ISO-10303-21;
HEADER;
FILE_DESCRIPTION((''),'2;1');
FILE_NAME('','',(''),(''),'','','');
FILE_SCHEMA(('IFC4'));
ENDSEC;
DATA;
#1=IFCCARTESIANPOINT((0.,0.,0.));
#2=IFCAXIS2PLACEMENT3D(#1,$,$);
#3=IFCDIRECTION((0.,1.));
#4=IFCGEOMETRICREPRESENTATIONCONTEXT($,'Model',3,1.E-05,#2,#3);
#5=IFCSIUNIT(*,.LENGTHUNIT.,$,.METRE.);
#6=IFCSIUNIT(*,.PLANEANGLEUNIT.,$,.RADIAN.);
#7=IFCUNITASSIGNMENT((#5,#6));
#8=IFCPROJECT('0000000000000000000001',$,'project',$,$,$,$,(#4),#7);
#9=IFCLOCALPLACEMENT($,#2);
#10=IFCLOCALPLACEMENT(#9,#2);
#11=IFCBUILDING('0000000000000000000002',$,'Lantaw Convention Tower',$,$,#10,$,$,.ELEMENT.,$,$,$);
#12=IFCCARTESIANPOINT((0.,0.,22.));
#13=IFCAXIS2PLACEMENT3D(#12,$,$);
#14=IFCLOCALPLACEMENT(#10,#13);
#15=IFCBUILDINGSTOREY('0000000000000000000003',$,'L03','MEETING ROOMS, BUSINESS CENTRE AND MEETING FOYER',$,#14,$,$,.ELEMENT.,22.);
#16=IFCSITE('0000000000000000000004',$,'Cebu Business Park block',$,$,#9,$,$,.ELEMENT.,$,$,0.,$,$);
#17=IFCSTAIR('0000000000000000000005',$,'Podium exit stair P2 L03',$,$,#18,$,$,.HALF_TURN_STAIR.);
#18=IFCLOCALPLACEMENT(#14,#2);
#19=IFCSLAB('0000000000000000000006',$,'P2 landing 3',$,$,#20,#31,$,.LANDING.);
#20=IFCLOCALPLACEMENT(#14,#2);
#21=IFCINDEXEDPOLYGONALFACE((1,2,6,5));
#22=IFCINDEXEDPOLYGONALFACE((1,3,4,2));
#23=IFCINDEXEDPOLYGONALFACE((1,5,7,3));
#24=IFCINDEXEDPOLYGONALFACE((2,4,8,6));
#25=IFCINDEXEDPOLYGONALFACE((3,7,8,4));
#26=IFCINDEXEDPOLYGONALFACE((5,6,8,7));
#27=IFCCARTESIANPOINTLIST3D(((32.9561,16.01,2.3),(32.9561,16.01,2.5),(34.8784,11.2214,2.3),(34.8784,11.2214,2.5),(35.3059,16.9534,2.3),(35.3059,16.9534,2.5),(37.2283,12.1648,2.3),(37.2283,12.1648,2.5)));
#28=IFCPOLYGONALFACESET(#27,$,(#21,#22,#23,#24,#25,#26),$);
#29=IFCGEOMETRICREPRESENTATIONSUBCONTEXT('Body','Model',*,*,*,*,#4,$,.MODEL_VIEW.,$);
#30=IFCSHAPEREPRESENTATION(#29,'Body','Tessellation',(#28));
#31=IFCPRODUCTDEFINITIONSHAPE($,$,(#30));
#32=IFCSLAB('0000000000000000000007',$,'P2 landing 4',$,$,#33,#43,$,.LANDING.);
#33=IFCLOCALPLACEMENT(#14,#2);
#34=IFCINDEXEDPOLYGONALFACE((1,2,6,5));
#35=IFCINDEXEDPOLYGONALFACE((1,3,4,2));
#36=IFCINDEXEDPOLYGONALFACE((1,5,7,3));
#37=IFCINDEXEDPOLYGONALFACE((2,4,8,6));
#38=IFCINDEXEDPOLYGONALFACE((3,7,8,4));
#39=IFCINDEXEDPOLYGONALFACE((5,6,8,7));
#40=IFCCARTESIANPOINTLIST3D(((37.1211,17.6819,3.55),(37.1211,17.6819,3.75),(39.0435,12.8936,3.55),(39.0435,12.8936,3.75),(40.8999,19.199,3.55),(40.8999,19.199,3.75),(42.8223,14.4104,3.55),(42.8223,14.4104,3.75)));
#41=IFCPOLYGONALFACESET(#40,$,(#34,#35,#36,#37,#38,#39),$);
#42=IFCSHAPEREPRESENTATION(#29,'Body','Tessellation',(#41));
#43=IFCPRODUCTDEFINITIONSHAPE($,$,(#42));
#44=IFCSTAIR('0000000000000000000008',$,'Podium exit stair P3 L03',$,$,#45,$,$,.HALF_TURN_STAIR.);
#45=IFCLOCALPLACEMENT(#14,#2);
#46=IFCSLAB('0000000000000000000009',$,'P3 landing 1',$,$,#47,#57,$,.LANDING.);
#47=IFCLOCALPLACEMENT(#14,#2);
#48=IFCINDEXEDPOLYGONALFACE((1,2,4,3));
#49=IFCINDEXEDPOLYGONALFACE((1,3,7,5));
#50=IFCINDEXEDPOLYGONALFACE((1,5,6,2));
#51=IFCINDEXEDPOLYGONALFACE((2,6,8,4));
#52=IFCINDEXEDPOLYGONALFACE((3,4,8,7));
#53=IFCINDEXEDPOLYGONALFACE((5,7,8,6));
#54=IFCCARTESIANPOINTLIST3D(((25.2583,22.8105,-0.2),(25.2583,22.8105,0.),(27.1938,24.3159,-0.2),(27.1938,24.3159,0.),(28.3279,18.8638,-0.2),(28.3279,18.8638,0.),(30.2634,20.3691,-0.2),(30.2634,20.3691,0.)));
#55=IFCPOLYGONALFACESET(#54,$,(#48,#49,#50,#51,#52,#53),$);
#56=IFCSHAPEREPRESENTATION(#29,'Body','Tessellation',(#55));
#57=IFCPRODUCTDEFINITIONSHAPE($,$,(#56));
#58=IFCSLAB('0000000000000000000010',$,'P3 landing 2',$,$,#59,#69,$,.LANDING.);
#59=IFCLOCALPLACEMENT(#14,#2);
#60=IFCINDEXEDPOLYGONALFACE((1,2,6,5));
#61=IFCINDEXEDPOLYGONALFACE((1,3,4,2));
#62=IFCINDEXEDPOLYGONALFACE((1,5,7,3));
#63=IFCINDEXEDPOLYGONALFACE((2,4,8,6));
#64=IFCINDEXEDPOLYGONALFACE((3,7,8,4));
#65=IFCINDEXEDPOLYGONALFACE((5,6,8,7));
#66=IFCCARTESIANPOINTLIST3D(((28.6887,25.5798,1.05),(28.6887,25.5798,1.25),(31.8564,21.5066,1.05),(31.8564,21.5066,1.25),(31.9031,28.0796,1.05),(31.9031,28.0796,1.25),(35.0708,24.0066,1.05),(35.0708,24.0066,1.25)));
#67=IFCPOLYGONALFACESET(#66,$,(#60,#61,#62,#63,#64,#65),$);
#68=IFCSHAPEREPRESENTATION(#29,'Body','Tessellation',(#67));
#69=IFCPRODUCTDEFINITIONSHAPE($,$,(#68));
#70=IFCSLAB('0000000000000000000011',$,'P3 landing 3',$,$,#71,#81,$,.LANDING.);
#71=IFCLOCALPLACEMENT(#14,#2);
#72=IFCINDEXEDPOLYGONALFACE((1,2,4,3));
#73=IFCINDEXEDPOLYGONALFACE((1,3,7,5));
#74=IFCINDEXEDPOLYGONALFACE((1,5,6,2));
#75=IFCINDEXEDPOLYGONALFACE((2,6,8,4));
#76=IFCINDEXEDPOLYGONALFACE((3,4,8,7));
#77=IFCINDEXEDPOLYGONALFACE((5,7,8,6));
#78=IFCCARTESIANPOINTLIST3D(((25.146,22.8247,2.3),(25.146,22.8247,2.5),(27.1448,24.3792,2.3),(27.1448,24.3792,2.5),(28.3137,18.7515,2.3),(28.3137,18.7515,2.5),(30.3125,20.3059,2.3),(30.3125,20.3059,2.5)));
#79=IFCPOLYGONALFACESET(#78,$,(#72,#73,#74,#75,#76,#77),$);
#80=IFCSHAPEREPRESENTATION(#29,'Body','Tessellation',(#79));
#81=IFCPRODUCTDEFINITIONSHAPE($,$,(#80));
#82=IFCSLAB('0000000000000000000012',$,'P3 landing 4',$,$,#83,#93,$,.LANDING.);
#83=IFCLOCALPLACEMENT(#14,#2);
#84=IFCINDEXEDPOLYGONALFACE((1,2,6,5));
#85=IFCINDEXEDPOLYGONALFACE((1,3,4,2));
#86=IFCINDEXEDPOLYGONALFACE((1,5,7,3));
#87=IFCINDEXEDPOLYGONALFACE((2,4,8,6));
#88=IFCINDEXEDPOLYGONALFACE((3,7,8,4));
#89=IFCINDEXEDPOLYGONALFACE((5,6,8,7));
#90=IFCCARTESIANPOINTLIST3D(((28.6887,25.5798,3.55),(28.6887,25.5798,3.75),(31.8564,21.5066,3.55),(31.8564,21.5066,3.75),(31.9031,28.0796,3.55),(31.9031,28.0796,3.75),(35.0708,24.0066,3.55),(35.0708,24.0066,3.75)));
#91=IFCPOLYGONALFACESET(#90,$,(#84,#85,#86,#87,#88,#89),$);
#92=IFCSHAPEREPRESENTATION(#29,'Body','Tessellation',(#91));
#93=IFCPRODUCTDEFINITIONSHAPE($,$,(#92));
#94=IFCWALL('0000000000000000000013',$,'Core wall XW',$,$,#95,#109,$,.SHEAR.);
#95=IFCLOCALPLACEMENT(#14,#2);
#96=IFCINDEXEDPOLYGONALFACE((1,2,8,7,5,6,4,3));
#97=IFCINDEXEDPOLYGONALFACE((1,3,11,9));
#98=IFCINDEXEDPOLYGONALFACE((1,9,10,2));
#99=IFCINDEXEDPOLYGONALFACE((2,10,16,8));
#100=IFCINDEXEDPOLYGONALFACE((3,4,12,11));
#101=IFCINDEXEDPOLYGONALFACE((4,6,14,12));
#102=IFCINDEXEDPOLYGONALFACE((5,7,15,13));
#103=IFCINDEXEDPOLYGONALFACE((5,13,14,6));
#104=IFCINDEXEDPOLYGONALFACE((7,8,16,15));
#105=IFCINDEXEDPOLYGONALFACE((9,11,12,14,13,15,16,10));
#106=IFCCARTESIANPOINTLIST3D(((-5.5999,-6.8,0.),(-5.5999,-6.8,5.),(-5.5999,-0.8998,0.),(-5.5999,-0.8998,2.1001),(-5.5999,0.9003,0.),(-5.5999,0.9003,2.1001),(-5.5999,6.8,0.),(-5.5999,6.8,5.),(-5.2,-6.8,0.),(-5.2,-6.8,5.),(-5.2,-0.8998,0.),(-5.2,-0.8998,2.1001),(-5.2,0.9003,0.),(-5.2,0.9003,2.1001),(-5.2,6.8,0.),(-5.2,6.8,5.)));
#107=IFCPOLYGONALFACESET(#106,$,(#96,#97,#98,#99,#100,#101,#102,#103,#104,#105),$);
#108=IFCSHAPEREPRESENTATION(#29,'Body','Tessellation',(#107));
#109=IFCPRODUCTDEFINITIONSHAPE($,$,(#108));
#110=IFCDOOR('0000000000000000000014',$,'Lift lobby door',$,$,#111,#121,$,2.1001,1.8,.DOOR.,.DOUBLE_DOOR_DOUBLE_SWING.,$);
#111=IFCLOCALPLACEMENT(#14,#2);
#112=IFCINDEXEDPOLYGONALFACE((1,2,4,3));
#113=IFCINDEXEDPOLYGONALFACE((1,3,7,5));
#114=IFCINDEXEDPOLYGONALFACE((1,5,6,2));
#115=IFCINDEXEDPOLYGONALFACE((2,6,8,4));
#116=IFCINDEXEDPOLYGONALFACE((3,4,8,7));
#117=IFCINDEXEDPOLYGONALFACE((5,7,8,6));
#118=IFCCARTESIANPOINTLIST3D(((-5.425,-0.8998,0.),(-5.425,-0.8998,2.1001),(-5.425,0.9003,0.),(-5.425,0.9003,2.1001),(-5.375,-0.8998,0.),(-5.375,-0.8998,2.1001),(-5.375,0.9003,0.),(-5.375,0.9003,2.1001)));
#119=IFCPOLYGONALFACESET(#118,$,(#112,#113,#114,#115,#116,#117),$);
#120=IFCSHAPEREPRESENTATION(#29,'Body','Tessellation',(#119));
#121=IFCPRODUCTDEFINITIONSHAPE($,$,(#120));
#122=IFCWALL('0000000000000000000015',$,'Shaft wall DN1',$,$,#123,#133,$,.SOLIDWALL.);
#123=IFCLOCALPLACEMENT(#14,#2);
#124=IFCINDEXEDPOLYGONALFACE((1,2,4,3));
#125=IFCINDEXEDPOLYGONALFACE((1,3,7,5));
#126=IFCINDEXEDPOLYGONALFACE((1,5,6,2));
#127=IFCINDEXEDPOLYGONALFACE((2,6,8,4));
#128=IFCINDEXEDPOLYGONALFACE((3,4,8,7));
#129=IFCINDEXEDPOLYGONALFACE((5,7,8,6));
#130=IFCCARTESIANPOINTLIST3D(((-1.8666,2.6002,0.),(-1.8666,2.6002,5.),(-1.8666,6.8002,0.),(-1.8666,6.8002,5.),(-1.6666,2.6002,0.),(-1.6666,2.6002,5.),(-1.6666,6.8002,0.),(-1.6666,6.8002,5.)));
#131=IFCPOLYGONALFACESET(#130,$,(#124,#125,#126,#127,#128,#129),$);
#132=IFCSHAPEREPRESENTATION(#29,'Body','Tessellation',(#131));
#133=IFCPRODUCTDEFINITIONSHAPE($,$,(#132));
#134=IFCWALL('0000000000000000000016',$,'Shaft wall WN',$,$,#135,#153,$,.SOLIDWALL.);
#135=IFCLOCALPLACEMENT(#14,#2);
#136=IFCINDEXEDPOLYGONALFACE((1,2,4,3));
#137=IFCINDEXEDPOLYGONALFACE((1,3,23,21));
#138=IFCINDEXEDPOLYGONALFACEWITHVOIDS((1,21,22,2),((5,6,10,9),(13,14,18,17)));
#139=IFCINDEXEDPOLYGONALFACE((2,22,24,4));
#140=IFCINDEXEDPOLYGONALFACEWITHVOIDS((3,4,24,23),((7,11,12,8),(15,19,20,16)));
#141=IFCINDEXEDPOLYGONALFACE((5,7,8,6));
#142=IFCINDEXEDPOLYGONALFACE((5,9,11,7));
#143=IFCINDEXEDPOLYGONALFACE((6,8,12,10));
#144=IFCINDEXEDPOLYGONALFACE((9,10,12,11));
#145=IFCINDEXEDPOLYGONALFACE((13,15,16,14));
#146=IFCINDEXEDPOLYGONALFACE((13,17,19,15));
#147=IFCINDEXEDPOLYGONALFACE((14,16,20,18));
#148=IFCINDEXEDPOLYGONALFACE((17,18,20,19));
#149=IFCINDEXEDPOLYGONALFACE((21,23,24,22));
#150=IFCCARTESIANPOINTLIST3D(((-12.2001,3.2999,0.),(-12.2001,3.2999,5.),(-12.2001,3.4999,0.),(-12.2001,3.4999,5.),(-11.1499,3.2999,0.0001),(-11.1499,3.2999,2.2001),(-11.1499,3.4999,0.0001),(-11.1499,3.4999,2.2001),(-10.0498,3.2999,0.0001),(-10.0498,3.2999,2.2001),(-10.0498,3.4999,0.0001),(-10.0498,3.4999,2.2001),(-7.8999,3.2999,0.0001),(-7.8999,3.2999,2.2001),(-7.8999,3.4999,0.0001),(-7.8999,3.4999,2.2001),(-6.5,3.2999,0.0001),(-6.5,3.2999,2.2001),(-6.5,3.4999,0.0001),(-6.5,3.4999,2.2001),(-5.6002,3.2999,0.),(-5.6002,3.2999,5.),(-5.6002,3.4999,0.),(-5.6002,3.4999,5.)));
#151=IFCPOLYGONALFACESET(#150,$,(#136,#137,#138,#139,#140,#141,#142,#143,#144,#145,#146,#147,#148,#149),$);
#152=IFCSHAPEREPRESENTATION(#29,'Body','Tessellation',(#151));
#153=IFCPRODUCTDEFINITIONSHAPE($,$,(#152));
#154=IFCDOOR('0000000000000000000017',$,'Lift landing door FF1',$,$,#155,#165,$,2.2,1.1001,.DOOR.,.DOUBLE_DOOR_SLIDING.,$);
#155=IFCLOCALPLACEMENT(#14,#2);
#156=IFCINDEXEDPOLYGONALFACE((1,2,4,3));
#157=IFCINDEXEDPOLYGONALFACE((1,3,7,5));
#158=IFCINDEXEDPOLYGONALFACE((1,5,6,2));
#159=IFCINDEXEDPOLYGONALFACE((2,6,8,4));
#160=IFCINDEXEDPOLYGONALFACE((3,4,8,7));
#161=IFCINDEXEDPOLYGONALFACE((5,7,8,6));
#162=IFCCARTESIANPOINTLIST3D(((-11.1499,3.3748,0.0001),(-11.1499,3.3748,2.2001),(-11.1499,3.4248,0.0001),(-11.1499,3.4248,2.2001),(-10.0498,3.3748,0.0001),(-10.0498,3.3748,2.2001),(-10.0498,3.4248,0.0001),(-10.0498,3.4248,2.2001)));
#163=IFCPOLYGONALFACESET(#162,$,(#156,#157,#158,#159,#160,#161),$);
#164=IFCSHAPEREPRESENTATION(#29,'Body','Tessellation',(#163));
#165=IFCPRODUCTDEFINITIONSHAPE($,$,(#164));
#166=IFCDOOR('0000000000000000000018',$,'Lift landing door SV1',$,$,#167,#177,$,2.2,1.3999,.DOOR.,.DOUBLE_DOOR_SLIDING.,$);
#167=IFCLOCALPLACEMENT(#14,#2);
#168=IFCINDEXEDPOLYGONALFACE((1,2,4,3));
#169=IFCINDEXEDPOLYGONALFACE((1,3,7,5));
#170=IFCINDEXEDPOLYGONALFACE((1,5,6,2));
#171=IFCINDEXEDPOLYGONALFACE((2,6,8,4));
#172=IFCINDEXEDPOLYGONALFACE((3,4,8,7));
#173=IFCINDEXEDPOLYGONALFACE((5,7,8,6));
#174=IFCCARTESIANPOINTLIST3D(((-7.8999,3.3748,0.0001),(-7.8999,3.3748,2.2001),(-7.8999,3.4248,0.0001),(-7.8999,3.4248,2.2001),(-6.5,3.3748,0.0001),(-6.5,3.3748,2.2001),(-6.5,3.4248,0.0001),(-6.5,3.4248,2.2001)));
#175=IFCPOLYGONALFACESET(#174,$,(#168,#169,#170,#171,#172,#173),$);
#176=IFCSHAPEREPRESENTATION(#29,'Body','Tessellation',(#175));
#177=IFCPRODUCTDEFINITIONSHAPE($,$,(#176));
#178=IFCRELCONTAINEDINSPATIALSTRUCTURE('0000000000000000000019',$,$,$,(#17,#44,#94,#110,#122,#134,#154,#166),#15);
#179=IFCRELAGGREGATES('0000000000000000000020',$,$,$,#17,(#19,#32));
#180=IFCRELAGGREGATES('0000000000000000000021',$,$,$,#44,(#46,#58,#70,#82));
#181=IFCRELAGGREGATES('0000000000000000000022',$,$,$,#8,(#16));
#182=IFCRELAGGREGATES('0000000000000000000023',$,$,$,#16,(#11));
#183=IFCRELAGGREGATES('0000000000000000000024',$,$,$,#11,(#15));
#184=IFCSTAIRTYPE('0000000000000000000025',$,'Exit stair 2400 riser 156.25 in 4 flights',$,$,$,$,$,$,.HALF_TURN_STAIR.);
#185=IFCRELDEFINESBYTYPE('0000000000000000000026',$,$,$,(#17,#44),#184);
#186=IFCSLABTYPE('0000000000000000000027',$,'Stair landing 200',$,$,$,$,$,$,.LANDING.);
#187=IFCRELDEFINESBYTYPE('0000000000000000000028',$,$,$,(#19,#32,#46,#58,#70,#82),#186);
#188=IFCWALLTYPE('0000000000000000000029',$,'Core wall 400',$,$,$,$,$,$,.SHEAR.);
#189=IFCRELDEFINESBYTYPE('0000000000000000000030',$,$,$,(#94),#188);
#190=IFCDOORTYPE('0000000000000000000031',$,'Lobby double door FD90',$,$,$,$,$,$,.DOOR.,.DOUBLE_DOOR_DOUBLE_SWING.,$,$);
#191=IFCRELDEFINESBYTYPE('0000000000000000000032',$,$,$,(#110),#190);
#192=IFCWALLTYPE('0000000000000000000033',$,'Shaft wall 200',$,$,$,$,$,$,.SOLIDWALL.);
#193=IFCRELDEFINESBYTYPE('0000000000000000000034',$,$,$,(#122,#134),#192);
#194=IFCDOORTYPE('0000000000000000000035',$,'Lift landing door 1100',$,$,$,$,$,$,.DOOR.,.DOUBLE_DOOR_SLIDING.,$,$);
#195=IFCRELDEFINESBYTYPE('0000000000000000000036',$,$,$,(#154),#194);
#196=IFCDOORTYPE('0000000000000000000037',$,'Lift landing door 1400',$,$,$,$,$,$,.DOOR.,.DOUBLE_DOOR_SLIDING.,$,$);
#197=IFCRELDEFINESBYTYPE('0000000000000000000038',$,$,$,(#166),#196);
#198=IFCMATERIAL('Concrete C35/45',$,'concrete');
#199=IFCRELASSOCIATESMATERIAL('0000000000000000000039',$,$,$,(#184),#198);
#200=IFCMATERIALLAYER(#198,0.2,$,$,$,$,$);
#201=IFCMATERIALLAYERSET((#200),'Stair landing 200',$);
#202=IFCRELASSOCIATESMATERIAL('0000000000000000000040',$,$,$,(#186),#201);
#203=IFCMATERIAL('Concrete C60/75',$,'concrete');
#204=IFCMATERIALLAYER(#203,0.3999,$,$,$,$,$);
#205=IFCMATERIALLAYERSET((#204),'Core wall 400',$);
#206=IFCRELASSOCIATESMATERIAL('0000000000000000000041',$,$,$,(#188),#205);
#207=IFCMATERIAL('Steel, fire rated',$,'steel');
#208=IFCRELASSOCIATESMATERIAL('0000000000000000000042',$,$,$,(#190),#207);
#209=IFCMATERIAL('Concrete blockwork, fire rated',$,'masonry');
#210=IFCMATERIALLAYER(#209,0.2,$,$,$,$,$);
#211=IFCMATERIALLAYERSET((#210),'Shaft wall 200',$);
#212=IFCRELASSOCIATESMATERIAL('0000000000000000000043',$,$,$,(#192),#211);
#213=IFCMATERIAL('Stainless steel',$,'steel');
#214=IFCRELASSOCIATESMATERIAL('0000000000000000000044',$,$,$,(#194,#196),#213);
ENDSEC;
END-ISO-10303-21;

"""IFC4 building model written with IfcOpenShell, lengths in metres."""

from ifc_helpers import new_model, si_unit, direction, frame, frame_2d, origin, place, context, subcontext, project, spatial, polyline, rectangle, outline, extrude, material, layer, layer_set, type_object, element, fill, aggregate, save


model = new_model("IFC4")

# Units and contexts
model_context = context("Model", 3, precision=1e-05, world=origin(), true_north=direction((0.0, 1.0)))
body_context = subcontext(model_context, "Body", "Model", "MODEL_VIEW")
ifc_project = project(units=[si_unit("LENGTHUNIT", "METRE"), si_unit("PLANEANGLEUNIT", "RADIAN")], contexts=[model_context])

# Site, building, storey
site_placement = place(None, origin())
site = spatial("IfcSite", under=ifc_project, at=site_placement, Name="Cebu Business Park block", CompositionType="ELEMENT", RefElevation=0.0)
building_placement = place(site_placement, origin())
building = spatial("IfcBuilding", under=site, at=building_placement, Name="Lantaw Convention Tower", CompositionType="ELEMENT")
storey_placement = place(building_placement, frame((0.0, 0.0, 22.0)))
storey = spatial("IfcBuildingStorey", under=building, at=storey_placement, Name="L03", Description="MEETING ROOMS, BUSINESS CENTRE AND MEETING FOYER", CompositionType="ELEMENT", Elevation=22.0)

# Shared definitions
ifc_material_1 = material(Name="Concrete C35/45", Category="concrete")
stair_type = type_object("IfcStairType", Name="Exit stair 2400 riser 156.25 in 4 flights", PredefinedType="HALF_TURN_STAIR", material=ifc_material_1)
ifc_layer_1 = layer(ifc_material_1, 0.2)
ifc_layer_set_1 = layer_set([ifc_layer_1], Name="Stair landing 200")
slab_type = type_object("IfcSlabType", Name="Stair landing 200", PredefinedType="LANDING", material=ifc_layer_set_1)

# Stairs, slabs
stair_1_placement = place(storey_placement, origin())
stair_1 = element("IfcStair", 1, at=stair_1_placement, inside=storey, type_object=stair_type, Name="Podium exit stair P2 L03", PredefinedType="HALF_TURN_STAIR")
slab_1_placement = place(storey_placement, frame((0.0, 0.0, 2.3)))
slab_1 = element("IfcSlab", 2, at=slab_1_placement, type_object=slab_type, Name="P2 landing 3", PredefinedType="LANDING", context=body_context, shape_type="SweptSolid", body=[
    extrude(outline(polyline([(34.8784, 11.2214), (37.2283, 12.1648), (35.3059, 16.9534), (32.9561, 16.01), (34.8784, 11.2214)])), origin(), (0.0, 0.0, 1.0), 0.2),
])
slab_2_placement = place(storey_placement, frame((0.0, 0.0, 3.55)))
slab_2 = element("IfcSlab", 3, at=slab_2_placement, type_object=slab_type, Name="P2 landing 4", PredefinedType="LANDING", context=body_context, shape_type="SweptSolid", body=[
    extrude(outline(polyline([(39.0435, 12.8936), (42.8223, 14.4104), (40.8999, 19.199), (37.1211, 17.6819), (39.0435, 12.8936)])), origin(), (0.0, 0.0, 1.0), 0.2),
])
aggregate(stair_1, [slab_1, slab_2])
stair_2_placement = place(storey_placement, origin())
stair_2 = element("IfcStair", 4, at=stair_2_placement, inside=storey, type_object=stair_type, Name="Podium exit stair P3 L03", PredefinedType="HALF_TURN_STAIR")
slab_3_placement = place(storey_placement, frame((0.0, 0.0, -0.2)))
slab_3 = element("IfcSlab", 5, at=slab_3_placement, type_object=slab_type, Name="P3 landing 1", PredefinedType="LANDING", context=body_context, shape_type="SweptSolid", body=[
    extrude(outline(polyline([(28.3279, 18.8638), (30.2634, 20.3691), (27.1938, 24.3159), (25.2583, 22.8105), (28.3279, 18.8638)])), origin(), (0.0, 0.0, 1.0), 0.2),
])
slab_4_placement = place(storey_placement, frame((0.0, 0.0, 1.05)))
slab_4 = element("IfcSlab", 6, at=slab_4_placement, type_object=slab_type, Name="P3 landing 2", PredefinedType="LANDING", context=body_context, shape_type="SweptSolid", body=[
    extrude(outline(polyline([(31.8564, 21.5066), (35.0708, 24.0066), (31.9031, 28.0796), (28.6887, 25.5798), (31.8564, 21.5066)])), origin(), (0.0, 0.0, 1.0), 0.2),
])
slab_5_placement = place(storey_placement, frame((0.0, 0.0, 2.3)))
slab_5 = element("IfcSlab", 7, at=slab_5_placement, type_object=slab_type, Name="P3 landing 3", PredefinedType="LANDING", context=body_context, shape_type="SweptSolid", body=[
    extrude(outline(polyline([(28.3137, 18.7515), (30.3125, 20.3059), (27.1448, 24.3792), (25.146, 22.8247), (28.3137, 18.7515)])), origin(), (0.0, 0.0, 1.0), 0.2),
])
slab_6_placement = place(storey_placement, frame((0.0, 0.0, 3.55)))
slab_6 = element("IfcSlab", 8, at=slab_6_placement, type_object=slab_type, Name="P3 landing 4", PredefinedType="LANDING", context=body_context, shape_type="SweptSolid", body=[
    extrude(outline(polyline([(31.8564, 21.5066), (35.0708, 24.0066), (31.9031, 28.0796), (28.6887, 25.5798), (31.8564, 21.5066)])), origin(), (0.0, 0.0, 1.0), 0.2),
])
aggregate(stair_2, [slab_3, slab_4, slab_5, slab_6])

# Wall, opening, door
ifc_material_2 = material(Name="Concrete C60/75", Category="concrete")
ifc_layer_2 = layer(ifc_material_2, 0.3999)
ifc_layer_set_2 = layer_set([ifc_layer_2], Name="Core wall 400")
wall_type_1 = type_object("IfcWallType", Name="Core wall 400", PredefinedType="SHEAR", material=ifc_layer_set_2)
wall_1_placement = place(storey_placement, frame((-5.3999, 6.8, 0.0), z_axis=(0.0, 0.0, 1.0), x_axis=(0.0, -1.0, 0.0)))
wall_1 = element("IfcWall", 9, at=wall_1_placement, inside=storey, type_object=wall_type_1, Name="Core wall XW", PredefinedType="SHEAR", context=body_context, shape_type="SweptSolid", body=[
    extrude(rectangle(XDim=13.6001, YDim=0.3999, at=frame_2d((6.8, 0.0))), origin(), (0.0, 0.0, 1.0), 5.0),
])
opening_1_placement = place(wall_1_placement, frame((5.8999, 0.0, 0.0)))
opening_1 = element("IfcOpeningElement", 10, at=opening_1_placement, cuts=wall_1, PredefinedType="OPENING", context=body_context, shape_type="SweptSolid", body=[
    extrude(rectangle(XDim=1.8, YDim=2.1001, at=frame_2d((0.8999, 1.05))), frame((0.0, 0.21, 0.0), z_axis=(0.0, -1.0, 0.0), x_axis=(1.0, 0.0, 0.0)), (0.0, 0.0, 1.0), 0.4199),
])
ifc_material_3 = material(Name="Steel, fire rated", Category="steel")
door_type_1 = type_object("IfcDoorType", Name="Lobby double door FD90", OperationType="DOUBLE_DOOR_DOUBLE_SWING", PredefinedType="DOOR", material=ifc_material_3)
door_1_placement = place(opening_1_placement, origin())
door_1 = element("IfcDoor", 11, at=door_1_placement, inside=storey, type_object=door_type_1, Name="Lift lobby door", OperationType="DOUBLE_DOOR_DOUBLE_SWING", OverallHeight=2.1001, OverallWidth=1.8, PredefinedType="DOOR", context=body_context, shape_type="SweptSolid", body=[
    extrude(rectangle(XDim=1.8, YDim=2.1001, at=frame_2d((0.8999, 1.05))), frame((0.0, 0.0249, 0.0), z_axis=(0.0, -1.0, 0.0), x_axis=(1.0, 0.0, 0.0)), (0.0, 0.0, 1.0), 0.05),
])
fill(opening_1, door_1)

# Wall
ifc_material_4 = material(Name="Concrete blockwork, fire rated", Category="masonry")
ifc_layer_3 = layer(ifc_material_4, 0.2)
ifc_layer_set_3 = layer_set([ifc_layer_3], Name="Shaft wall 200")
wall_type_2 = type_object("IfcWallType", Name="Shaft wall 200", PredefinedType="SOLIDWALL", material=ifc_layer_set_3)
wall_2_placement = place(storey_placement, frame((-1.7666, 2.6001, 0.0), z_axis=(0.0, 0.0, 1.0), x_axis=(0.0, 1.0, 0.0)))
element("IfcWall", 12, at=wall_2_placement, inside=storey, type_object=wall_type_2, Name="Shaft wall DN1", PredefinedType="SOLIDWALL", context=body_context, shape_type="SweptSolid", body=[
    extrude(rectangle(XDim=4.2, YDim=0.2, at=frame_2d((2.1001, 0.0))), origin(), (0.0, 0.0, 1.0), 5.0),
])

# Wall, openings, doors
wall_3_placement = place(storey_placement, frame((-12.2, 3.3999, 0.0), z_axis=(0.0, 0.0, 1.0), x_axis=(1.0, 0.0, 0.0)))
wall_3 = element("IfcWall", 13, at=wall_3_placement, inside=storey, type_object=wall_type_2, Name="Shaft wall WN", PredefinedType="SOLIDWALL", context=body_context, shape_type="SweptSolid", body=[
    extrude(rectangle(XDim=6.5999, YDim=0.2, at=frame_2d((3.2998, 0.0))), origin(), (0.0, 0.0, 1.0), 5.0),
])
opening_2_placement = place(wall_3_placement, frame((1.05, 0.0, 0.0)))
opening_2 = element("IfcOpeningElement", 14, at=opening_2_placement, cuts=wall_3, PredefinedType="OPENING", context=body_context, shape_type="SweptSolid", body=[
    extrude(rectangle(XDim=1.1001, YDim=2.2, at=frame_2d((0.55, 1.1001))), frame((0.0, 0.1099, 0.0), z_axis=(0.0, -1.0, 0.0), x_axis=(1.0, 0.0, 0.0)), (0.0, 0.0, 1.0), 0.22),
])
opening_3_placement = place(wall_3_placement, frame((4.3, 0.0, 0.0)))
opening_3 = element("IfcOpeningElement", 15, at=opening_3_placement, cuts=wall_3, PredefinedType="OPENING", context=body_context, shape_type="SweptSolid", body=[
    extrude(rectangle(XDim=1.3999, YDim=2.2, at=frame_2d((0.7, 1.1001))), frame((0.0, 0.1099, 0.0), z_axis=(0.0, -1.0, 0.0), x_axis=(1.0, 0.0, 0.0)), (0.0, 0.0, 1.0), 0.22),
])
ifc_material_5 = material(Name="Stainless steel", Category="steel")
door_type_2 = type_object("IfcDoorType", Name="Lift landing door 1100", OperationType="DOUBLE_DOOR_SLIDING", PredefinedType="DOOR", material=ifc_material_5)
door_2_placement = place(opening_2_placement, origin())
door_2 = element("IfcDoor", 16, at=door_2_placement, inside=storey, type_object=door_type_2, Name="Lift landing door FF1", OperationType="DOUBLE_DOOR_SLIDING", OverallHeight=2.2, OverallWidth=1.1001, PredefinedType="DOOR", context=body_context, shape_type="SweptSolid", body=[
    extrude(rectangle(XDim=1.1001, YDim=2.2, at=frame_2d((0.55, 1.1001))), frame((0.0, 0.0249, 0.0), z_axis=(0.0, -1.0, 0.0), x_axis=(1.0, 0.0, 0.0)), (0.0, 0.0, 1.0), 0.05),
])
fill(opening_2, door_2)
door_type_3 = type_object("IfcDoorType", Name="Lift landing door 1400", OperationType="DOUBLE_DOOR_SLIDING", PredefinedType="DOOR", material=ifc_material_5)
door_3_placement = place(opening_3_placement, origin())
door_3 = element("IfcDoor", 17, at=door_3_placement, inside=storey, type_object=door_type_3, Name="Lift landing door SV1", OperationType="DOUBLE_DOOR_SLIDING", OverallHeight=2.2, OverallWidth=1.3999, PredefinedType="DOOR", context=body_context, shape_type="SweptSolid", body=[
    extrude(rectangle(XDim=1.3999, YDim=2.2, at=frame_2d((0.7, 1.1001))), frame((0.0, 0.0249, 0.0), z_axis=(0.0, -1.0, 0.0), x_axis=(1.0, 0.0, 0.0)), (0.0, 0.0, 1.0), 0.05),
])
fill(opening_3, door_3)

save(model, "model.ifc")
